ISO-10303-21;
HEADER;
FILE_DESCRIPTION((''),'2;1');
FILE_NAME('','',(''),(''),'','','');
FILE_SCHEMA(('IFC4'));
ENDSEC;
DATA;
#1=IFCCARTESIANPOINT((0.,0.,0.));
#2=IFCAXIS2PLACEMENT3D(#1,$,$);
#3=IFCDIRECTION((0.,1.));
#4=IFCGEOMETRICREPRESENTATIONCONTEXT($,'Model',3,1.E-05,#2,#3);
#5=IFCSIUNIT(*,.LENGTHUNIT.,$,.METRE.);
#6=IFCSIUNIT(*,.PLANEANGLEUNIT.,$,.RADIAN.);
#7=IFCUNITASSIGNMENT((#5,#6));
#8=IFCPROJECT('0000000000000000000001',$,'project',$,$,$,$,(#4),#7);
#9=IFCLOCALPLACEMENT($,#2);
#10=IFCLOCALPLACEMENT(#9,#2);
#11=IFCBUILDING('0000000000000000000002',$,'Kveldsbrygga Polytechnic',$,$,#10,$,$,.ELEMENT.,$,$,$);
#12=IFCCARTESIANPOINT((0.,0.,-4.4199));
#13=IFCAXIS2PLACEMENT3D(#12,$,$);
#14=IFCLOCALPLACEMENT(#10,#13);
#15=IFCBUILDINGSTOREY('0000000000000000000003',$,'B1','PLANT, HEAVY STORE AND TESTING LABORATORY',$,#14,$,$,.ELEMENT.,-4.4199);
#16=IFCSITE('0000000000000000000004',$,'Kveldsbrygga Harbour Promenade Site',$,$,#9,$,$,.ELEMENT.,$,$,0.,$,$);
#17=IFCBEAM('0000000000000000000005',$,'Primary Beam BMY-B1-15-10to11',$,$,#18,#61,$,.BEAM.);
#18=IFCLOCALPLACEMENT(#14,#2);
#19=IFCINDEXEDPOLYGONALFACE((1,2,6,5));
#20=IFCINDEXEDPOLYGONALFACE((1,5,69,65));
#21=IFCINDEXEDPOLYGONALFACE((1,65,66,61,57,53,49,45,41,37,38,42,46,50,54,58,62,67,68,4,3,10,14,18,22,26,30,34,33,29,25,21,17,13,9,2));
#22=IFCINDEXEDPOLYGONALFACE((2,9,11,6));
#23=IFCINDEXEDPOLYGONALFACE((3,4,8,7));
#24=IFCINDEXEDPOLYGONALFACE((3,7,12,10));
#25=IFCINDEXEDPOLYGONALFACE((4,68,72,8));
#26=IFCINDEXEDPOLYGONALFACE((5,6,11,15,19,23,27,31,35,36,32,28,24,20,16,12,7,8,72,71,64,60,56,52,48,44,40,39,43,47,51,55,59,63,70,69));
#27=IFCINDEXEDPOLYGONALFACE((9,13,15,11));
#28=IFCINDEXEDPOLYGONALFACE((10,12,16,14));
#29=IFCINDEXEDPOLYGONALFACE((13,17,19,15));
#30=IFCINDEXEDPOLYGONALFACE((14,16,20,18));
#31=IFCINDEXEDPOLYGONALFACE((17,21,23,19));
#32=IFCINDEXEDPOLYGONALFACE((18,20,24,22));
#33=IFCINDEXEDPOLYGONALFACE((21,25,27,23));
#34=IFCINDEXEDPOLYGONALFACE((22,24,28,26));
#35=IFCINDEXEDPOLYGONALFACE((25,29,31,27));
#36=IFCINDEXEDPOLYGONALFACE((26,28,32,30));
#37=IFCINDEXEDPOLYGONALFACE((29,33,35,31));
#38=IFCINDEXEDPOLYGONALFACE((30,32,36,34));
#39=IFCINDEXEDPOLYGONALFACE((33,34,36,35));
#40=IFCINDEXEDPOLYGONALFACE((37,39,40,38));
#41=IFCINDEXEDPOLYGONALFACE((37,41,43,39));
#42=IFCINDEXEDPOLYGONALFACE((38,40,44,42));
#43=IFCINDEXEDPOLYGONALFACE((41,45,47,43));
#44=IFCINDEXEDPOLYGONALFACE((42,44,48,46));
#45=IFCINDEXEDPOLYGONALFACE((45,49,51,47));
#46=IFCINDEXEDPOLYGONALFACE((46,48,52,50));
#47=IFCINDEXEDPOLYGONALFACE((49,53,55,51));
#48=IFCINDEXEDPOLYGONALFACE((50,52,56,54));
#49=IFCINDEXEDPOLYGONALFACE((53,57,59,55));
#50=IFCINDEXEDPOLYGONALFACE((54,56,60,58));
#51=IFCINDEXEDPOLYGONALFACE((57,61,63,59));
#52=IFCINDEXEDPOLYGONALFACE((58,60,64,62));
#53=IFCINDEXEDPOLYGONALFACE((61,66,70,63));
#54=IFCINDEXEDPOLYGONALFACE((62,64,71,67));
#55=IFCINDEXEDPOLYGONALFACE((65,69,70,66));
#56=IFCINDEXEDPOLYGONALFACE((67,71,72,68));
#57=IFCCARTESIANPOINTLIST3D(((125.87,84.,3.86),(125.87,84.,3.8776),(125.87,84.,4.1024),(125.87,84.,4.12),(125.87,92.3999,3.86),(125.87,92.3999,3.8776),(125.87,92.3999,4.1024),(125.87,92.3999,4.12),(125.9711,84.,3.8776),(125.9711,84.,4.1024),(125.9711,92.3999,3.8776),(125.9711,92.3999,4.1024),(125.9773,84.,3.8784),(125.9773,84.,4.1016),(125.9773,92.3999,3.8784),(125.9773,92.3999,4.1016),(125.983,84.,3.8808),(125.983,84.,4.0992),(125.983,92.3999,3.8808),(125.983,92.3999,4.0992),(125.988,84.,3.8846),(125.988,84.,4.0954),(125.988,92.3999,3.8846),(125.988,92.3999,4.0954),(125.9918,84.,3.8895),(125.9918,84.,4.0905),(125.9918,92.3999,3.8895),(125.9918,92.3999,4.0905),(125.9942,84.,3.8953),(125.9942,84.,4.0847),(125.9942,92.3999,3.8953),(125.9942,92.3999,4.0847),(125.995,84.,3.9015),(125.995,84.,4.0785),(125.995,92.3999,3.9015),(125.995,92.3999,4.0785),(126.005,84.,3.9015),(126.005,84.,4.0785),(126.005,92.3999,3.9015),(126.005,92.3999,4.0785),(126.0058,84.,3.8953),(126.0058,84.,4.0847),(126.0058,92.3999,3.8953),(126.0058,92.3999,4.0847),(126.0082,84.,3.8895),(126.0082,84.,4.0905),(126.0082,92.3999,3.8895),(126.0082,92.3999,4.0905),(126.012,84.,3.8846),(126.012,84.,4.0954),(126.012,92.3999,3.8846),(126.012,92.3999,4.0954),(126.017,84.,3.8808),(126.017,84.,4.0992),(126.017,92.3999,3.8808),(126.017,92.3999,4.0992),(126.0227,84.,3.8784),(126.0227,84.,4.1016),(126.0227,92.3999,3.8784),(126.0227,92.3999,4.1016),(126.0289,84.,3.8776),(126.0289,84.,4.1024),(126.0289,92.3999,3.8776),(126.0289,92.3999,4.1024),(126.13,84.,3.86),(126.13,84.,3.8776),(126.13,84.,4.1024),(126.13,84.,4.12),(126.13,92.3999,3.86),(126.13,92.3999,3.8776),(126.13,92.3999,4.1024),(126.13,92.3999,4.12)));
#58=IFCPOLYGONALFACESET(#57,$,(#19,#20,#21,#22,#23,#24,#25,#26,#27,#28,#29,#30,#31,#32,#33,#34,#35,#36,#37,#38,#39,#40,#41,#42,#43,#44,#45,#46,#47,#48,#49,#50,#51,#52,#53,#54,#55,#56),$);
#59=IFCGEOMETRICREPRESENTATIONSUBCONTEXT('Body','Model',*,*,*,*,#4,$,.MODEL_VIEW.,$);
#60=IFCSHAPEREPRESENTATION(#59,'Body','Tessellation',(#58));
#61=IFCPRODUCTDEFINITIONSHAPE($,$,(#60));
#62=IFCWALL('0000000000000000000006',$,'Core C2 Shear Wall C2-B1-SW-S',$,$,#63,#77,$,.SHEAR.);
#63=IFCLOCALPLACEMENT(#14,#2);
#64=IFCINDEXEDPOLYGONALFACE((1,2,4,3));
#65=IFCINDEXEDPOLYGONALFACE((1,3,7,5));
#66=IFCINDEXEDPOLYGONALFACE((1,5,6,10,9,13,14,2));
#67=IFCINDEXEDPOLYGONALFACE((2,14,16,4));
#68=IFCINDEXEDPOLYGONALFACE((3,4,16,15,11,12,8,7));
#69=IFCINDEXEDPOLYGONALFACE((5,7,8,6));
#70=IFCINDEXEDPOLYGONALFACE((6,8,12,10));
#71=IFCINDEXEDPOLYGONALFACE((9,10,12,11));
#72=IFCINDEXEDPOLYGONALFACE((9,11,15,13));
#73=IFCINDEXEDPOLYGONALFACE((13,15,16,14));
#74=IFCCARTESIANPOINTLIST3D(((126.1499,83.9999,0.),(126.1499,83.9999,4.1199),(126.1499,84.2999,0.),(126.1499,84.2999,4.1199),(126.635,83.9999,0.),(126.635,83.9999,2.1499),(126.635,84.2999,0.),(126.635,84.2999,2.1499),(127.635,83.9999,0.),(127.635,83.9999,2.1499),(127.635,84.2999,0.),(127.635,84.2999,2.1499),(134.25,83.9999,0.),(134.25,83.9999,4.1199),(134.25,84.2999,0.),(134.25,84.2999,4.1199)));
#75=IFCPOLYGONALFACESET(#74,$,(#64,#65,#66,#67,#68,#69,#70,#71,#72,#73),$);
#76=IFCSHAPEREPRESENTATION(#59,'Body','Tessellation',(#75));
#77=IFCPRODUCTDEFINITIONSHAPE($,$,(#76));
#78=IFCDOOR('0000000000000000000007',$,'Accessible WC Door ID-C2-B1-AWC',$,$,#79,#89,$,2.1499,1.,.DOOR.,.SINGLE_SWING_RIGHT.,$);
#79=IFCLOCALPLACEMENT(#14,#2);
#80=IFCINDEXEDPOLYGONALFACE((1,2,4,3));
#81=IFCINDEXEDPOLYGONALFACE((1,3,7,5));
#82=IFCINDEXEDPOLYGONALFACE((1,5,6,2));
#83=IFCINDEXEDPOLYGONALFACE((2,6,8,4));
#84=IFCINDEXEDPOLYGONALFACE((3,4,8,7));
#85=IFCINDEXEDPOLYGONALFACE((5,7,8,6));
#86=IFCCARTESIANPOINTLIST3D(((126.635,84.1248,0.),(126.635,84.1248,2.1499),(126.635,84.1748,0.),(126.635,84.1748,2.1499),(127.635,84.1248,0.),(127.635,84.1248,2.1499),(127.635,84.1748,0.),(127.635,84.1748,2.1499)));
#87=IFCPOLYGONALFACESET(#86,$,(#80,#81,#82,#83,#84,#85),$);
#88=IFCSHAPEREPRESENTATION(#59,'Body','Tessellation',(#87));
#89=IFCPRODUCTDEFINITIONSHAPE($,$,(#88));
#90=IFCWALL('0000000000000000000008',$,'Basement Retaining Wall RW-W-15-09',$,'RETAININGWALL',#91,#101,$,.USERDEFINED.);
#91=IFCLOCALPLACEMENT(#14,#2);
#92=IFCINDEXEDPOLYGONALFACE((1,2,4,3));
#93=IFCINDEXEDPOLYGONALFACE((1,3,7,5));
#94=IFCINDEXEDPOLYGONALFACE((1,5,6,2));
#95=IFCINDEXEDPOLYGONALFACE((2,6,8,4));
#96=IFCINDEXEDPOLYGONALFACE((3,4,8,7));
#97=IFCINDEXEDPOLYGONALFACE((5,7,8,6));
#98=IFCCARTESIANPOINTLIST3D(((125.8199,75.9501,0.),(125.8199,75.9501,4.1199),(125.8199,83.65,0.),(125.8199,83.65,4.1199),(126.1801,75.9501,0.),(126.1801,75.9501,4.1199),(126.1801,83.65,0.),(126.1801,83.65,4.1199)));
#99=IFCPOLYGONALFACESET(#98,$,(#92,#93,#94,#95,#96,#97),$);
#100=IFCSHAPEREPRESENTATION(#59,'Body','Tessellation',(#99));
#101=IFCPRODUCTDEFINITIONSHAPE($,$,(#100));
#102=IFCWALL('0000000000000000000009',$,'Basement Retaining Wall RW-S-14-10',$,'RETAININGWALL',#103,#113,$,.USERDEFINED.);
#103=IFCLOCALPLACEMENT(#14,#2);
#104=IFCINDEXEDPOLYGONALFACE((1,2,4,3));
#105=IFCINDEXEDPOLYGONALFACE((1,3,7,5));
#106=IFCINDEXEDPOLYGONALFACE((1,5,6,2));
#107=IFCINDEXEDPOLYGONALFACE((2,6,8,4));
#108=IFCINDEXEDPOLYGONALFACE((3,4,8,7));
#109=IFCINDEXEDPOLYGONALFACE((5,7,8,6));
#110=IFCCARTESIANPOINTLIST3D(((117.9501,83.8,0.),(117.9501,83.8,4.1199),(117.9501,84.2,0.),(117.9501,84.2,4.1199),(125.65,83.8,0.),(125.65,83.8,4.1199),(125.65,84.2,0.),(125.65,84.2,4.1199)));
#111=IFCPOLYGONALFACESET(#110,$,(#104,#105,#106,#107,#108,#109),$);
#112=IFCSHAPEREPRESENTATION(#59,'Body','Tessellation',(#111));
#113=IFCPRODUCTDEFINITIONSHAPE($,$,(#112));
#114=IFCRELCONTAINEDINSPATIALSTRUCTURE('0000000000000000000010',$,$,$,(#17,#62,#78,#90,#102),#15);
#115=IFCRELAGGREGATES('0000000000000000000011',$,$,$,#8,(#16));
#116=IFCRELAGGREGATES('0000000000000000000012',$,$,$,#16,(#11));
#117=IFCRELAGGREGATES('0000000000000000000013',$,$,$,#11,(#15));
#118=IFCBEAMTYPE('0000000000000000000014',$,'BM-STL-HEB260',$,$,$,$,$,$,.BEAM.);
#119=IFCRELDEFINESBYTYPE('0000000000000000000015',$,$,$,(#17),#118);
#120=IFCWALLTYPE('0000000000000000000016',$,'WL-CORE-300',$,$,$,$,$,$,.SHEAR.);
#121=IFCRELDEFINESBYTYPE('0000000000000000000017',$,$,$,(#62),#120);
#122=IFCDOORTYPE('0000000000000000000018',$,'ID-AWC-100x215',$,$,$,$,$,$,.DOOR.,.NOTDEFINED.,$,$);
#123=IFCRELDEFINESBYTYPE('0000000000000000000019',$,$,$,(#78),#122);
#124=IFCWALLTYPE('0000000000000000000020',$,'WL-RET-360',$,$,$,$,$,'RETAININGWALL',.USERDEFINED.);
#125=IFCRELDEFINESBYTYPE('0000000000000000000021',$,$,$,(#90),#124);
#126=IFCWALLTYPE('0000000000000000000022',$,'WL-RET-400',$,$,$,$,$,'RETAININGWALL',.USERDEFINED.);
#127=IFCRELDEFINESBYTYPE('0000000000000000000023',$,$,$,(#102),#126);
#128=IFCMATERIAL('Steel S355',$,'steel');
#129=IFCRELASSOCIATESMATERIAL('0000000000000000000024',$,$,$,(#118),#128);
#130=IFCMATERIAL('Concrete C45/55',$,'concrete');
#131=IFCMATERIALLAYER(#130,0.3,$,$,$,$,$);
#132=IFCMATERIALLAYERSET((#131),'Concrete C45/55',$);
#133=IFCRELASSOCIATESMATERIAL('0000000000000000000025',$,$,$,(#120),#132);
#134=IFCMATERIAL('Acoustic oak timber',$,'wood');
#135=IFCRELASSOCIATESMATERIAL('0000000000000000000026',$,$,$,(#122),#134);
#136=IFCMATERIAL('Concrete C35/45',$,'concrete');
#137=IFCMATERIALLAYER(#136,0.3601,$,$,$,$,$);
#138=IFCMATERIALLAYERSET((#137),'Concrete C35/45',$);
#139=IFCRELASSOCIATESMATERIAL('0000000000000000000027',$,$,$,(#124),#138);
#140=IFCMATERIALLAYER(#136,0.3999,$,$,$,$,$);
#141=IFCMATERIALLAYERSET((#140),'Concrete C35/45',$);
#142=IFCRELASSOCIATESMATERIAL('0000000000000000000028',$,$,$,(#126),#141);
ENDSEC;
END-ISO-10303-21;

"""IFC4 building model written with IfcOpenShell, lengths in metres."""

from ifc_helpers import new_model, si_unit, direction, frame, frame_2d, origin, origin_2d, place, context, subcontext, project, spatial, rectangle, i_section, extrude, material, layer, layer_set, material_profile, profile_set, type_object, element, fill, save


model = new_model("IFC4")

# Units and contexts
model_context = context("Model", 3, precision=1e-05, world=origin(), true_north=direction((0.0, 1.0)))
body_context = subcontext(model_context, "Body", "Model", "MODEL_VIEW")
ifc_project = project(units=[si_unit("LENGTHUNIT", "METRE"), si_unit("PLANEANGLEUNIT", "RADIAN")], contexts=[model_context])

# Site, building, storey
site_placement = place(None, origin())
site = spatial("IfcSite", under=ifc_project, at=site_placement, Name="Kveldsbrygga Harbour Promenade Site", CompositionType="ELEMENT", RefElevation=0.0)
building_placement = place(site_placement, origin())
building = spatial("IfcBuilding", under=site, at=building_placement, Name="Kveldsbrygga Polytechnic", CompositionType="ELEMENT")
storey_placement = place(building_placement, frame((0.0, 0.0, -4.4199)))
storey = spatial("IfcBuildingStorey", under=building, at=storey_placement, Name="B1", Description="PLANT, HEAVY STORE AND TESTING LABORATORY", CompositionType="ELEMENT", Elevation=-4.4199)

# Shared definitions
ifc_material_1 = material(Name="Concrete C45/55", Category="concrete")

# Beam
ifc_material_2 = material(Name="Concrete C35/45", Category="concrete")
ifc_material_3 = material(Name="Steel S355", Category="steel")
ifc_material_profile_1 = material_profile(ifc_material_3, i_section(OverallWidth=0.26, OverallDepth=0.26, WebThickness=0.01, FlangeThickness=0.0176, FilletRadius=0.0239, at=origin_2d()), Name="HEB 260")
ifc_profile_set_1 = profile_set([ifc_material_profile_1], Name="Steel S355")
beam_type_1 = type_object("IfcBeamType", Name="BM-STL-HEB260", PredefinedType="BEAM", material=ifc_profile_set_1)
beam_1_placement = place(storey_placement, frame((126.0, 84.0, 3.99), z_axis=(0.0, 1.0, 0.0), x_axis=(-1.0, 0.0, 0.0)))
element("IfcBeam", 1, at=beam_1_placement, inside=storey, type_object=beam_type_1, Name="Primary Beam BMY-B1-15-10to11", PredefinedType="BEAM", context=body_context, shape_type="SweptSolid", body=[
    extrude(i_section(OverallWidth=0.26, OverallDepth=0.26, WebThickness=0.01, FlangeThickness=0.0176, FilletRadius=0.0239, at=origin_2d()), origin(), (0.0, 0.0, 1.0), 8.3999),
])

# Wall, opening, door
ifc_layer_1 = layer(ifc_material_1, 0.3)
ifc_layer_set_1 = layer_set([ifc_layer_1], Name="Concrete C45/55")
wall_type_1 = type_object("IfcWallType", Name="WL-CORE-300", PredefinedType="SHEAR", material=ifc_layer_set_1)
wall_1_placement = place(storey_placement, frame((126.1499, 84.1499, 0.0), z_axis=(0.0, 0.0, 1.0), x_axis=(1.0, 0.0, 0.0)))
wall_1 = element("IfcWall", 2, at=wall_1_placement, inside=storey, type_object=wall_type_1, Name="Core C2 Shear Wall C2-B1-SW-S", PredefinedType="SHEAR", context=body_context, shape_type="SweptSolid", body=[
    extrude(rectangle(XDim=8.1001, YDim=0.3, at=frame_2d((4.05, 0.0))), origin(), (0.0, 0.0, 1.0), 4.1199),
])
opening_placement = place(wall_1_placement, frame((0.4851, 0.0, 0.0)))
opening = element("IfcOpeningElement", 3, at=opening_placement, cuts=wall_1, PredefinedType="OPENING", context=body_context, shape_type="SweptSolid", body=[
    extrude(rectangle(XDim=1.0, YDim=2.1499, at=frame_2d((0.5, 1.075))), frame((0.0, 0.1602, 0.0), z_axis=(0.0, -1.0, 0.0), x_axis=(1.0, 0.0, 0.0)), (0.0, 0.0, 1.0), 0.3201),
])
ifc_material_4 = material(Name="Acoustic oak timber", Category="wood")
door_type = type_object("IfcDoorType", Name="ID-AWC-100x215", OperationType="NOTDEFINED", PredefinedType="DOOR", material=ifc_material_4)
door_placement = place(opening_placement, origin())
door = element("IfcDoor", 4, at=door_placement, inside=storey, type_object=door_type, Name="Accessible WC Door ID-C2-B1-AWC", OperationType="SINGLE_SWING_RIGHT", OverallHeight=2.1499, OverallWidth=1.0, PredefinedType="DOOR", context=body_context, shape_type="SweptSolid", body=[
    extrude(rectangle(XDim=1.0, YDim=2.1499, at=frame_2d((0.5, 1.075))), frame((0.0, 0.0249, 0.0), z_axis=(0.0, -1.0, 0.0), x_axis=(1.0, 0.0, 0.0)), (0.0, 0.0, 1.0), 0.05),
])
fill(opening, door)

# Walls
ifc_layer_2 = layer(ifc_material_2, 0.3601)
ifc_layer_set_2 = layer_set([ifc_layer_2], Name="Concrete C35/45")
wall_type_2 = type_object("IfcWallType", Name="WL-RET-360", ElementType="RETAININGWALL", PredefinedType="USERDEFINED", material=ifc_layer_set_2)
wall_2_placement = place(storey_placement, frame((126.0, 75.95, 0.0), z_axis=(0.0, 0.0, 1.0), x_axis=(0.0, 1.0, 0.0)))
element("IfcWall", 5, at=wall_2_placement, inside=storey, type_object=wall_type_2, Name="Basement Retaining Wall RW-W-15-09", ObjectType="RETAININGWALL", PredefinedType="USERDEFINED", context=body_context, shape_type="SweptSolid", body=[
    extrude(rectangle(XDim=7.7, YDim=0.3601, at=frame_2d((3.8501, 0.0))), origin(), (0.0, 0.0, 1.0), 4.1199),
])
ifc_layer_3 = layer(ifc_material_2, 0.3999)
ifc_layer_set_3 = layer_set([ifc_layer_3], Name="Concrete C35/45")
wall_type_3 = type_object("IfcWallType", Name="WL-RET-400", ElementType="RETAININGWALL", PredefinedType="USERDEFINED", material=ifc_layer_set_3)
wall_3_placement = place(storey_placement, frame((117.95, 84.0, 0.0), z_axis=(0.0, 0.0, 1.0), x_axis=(1.0, 0.0, 0.0)))
element("IfcWall", 6, at=wall_3_placement, inside=storey, type_object=wall_type_3, Name="Basement Retaining Wall RW-S-14-10", ObjectType="RETAININGWALL", PredefinedType="USERDEFINED", context=body_context, shape_type="SweptSolid", body=[
    extrude(rectangle(XDim=7.7, YDim=0.3999, at=frame_2d((3.8501, 0.0))), origin(), (0.0, 0.0, 1.0), 4.1199),
])

save(model, "model.ifc")
